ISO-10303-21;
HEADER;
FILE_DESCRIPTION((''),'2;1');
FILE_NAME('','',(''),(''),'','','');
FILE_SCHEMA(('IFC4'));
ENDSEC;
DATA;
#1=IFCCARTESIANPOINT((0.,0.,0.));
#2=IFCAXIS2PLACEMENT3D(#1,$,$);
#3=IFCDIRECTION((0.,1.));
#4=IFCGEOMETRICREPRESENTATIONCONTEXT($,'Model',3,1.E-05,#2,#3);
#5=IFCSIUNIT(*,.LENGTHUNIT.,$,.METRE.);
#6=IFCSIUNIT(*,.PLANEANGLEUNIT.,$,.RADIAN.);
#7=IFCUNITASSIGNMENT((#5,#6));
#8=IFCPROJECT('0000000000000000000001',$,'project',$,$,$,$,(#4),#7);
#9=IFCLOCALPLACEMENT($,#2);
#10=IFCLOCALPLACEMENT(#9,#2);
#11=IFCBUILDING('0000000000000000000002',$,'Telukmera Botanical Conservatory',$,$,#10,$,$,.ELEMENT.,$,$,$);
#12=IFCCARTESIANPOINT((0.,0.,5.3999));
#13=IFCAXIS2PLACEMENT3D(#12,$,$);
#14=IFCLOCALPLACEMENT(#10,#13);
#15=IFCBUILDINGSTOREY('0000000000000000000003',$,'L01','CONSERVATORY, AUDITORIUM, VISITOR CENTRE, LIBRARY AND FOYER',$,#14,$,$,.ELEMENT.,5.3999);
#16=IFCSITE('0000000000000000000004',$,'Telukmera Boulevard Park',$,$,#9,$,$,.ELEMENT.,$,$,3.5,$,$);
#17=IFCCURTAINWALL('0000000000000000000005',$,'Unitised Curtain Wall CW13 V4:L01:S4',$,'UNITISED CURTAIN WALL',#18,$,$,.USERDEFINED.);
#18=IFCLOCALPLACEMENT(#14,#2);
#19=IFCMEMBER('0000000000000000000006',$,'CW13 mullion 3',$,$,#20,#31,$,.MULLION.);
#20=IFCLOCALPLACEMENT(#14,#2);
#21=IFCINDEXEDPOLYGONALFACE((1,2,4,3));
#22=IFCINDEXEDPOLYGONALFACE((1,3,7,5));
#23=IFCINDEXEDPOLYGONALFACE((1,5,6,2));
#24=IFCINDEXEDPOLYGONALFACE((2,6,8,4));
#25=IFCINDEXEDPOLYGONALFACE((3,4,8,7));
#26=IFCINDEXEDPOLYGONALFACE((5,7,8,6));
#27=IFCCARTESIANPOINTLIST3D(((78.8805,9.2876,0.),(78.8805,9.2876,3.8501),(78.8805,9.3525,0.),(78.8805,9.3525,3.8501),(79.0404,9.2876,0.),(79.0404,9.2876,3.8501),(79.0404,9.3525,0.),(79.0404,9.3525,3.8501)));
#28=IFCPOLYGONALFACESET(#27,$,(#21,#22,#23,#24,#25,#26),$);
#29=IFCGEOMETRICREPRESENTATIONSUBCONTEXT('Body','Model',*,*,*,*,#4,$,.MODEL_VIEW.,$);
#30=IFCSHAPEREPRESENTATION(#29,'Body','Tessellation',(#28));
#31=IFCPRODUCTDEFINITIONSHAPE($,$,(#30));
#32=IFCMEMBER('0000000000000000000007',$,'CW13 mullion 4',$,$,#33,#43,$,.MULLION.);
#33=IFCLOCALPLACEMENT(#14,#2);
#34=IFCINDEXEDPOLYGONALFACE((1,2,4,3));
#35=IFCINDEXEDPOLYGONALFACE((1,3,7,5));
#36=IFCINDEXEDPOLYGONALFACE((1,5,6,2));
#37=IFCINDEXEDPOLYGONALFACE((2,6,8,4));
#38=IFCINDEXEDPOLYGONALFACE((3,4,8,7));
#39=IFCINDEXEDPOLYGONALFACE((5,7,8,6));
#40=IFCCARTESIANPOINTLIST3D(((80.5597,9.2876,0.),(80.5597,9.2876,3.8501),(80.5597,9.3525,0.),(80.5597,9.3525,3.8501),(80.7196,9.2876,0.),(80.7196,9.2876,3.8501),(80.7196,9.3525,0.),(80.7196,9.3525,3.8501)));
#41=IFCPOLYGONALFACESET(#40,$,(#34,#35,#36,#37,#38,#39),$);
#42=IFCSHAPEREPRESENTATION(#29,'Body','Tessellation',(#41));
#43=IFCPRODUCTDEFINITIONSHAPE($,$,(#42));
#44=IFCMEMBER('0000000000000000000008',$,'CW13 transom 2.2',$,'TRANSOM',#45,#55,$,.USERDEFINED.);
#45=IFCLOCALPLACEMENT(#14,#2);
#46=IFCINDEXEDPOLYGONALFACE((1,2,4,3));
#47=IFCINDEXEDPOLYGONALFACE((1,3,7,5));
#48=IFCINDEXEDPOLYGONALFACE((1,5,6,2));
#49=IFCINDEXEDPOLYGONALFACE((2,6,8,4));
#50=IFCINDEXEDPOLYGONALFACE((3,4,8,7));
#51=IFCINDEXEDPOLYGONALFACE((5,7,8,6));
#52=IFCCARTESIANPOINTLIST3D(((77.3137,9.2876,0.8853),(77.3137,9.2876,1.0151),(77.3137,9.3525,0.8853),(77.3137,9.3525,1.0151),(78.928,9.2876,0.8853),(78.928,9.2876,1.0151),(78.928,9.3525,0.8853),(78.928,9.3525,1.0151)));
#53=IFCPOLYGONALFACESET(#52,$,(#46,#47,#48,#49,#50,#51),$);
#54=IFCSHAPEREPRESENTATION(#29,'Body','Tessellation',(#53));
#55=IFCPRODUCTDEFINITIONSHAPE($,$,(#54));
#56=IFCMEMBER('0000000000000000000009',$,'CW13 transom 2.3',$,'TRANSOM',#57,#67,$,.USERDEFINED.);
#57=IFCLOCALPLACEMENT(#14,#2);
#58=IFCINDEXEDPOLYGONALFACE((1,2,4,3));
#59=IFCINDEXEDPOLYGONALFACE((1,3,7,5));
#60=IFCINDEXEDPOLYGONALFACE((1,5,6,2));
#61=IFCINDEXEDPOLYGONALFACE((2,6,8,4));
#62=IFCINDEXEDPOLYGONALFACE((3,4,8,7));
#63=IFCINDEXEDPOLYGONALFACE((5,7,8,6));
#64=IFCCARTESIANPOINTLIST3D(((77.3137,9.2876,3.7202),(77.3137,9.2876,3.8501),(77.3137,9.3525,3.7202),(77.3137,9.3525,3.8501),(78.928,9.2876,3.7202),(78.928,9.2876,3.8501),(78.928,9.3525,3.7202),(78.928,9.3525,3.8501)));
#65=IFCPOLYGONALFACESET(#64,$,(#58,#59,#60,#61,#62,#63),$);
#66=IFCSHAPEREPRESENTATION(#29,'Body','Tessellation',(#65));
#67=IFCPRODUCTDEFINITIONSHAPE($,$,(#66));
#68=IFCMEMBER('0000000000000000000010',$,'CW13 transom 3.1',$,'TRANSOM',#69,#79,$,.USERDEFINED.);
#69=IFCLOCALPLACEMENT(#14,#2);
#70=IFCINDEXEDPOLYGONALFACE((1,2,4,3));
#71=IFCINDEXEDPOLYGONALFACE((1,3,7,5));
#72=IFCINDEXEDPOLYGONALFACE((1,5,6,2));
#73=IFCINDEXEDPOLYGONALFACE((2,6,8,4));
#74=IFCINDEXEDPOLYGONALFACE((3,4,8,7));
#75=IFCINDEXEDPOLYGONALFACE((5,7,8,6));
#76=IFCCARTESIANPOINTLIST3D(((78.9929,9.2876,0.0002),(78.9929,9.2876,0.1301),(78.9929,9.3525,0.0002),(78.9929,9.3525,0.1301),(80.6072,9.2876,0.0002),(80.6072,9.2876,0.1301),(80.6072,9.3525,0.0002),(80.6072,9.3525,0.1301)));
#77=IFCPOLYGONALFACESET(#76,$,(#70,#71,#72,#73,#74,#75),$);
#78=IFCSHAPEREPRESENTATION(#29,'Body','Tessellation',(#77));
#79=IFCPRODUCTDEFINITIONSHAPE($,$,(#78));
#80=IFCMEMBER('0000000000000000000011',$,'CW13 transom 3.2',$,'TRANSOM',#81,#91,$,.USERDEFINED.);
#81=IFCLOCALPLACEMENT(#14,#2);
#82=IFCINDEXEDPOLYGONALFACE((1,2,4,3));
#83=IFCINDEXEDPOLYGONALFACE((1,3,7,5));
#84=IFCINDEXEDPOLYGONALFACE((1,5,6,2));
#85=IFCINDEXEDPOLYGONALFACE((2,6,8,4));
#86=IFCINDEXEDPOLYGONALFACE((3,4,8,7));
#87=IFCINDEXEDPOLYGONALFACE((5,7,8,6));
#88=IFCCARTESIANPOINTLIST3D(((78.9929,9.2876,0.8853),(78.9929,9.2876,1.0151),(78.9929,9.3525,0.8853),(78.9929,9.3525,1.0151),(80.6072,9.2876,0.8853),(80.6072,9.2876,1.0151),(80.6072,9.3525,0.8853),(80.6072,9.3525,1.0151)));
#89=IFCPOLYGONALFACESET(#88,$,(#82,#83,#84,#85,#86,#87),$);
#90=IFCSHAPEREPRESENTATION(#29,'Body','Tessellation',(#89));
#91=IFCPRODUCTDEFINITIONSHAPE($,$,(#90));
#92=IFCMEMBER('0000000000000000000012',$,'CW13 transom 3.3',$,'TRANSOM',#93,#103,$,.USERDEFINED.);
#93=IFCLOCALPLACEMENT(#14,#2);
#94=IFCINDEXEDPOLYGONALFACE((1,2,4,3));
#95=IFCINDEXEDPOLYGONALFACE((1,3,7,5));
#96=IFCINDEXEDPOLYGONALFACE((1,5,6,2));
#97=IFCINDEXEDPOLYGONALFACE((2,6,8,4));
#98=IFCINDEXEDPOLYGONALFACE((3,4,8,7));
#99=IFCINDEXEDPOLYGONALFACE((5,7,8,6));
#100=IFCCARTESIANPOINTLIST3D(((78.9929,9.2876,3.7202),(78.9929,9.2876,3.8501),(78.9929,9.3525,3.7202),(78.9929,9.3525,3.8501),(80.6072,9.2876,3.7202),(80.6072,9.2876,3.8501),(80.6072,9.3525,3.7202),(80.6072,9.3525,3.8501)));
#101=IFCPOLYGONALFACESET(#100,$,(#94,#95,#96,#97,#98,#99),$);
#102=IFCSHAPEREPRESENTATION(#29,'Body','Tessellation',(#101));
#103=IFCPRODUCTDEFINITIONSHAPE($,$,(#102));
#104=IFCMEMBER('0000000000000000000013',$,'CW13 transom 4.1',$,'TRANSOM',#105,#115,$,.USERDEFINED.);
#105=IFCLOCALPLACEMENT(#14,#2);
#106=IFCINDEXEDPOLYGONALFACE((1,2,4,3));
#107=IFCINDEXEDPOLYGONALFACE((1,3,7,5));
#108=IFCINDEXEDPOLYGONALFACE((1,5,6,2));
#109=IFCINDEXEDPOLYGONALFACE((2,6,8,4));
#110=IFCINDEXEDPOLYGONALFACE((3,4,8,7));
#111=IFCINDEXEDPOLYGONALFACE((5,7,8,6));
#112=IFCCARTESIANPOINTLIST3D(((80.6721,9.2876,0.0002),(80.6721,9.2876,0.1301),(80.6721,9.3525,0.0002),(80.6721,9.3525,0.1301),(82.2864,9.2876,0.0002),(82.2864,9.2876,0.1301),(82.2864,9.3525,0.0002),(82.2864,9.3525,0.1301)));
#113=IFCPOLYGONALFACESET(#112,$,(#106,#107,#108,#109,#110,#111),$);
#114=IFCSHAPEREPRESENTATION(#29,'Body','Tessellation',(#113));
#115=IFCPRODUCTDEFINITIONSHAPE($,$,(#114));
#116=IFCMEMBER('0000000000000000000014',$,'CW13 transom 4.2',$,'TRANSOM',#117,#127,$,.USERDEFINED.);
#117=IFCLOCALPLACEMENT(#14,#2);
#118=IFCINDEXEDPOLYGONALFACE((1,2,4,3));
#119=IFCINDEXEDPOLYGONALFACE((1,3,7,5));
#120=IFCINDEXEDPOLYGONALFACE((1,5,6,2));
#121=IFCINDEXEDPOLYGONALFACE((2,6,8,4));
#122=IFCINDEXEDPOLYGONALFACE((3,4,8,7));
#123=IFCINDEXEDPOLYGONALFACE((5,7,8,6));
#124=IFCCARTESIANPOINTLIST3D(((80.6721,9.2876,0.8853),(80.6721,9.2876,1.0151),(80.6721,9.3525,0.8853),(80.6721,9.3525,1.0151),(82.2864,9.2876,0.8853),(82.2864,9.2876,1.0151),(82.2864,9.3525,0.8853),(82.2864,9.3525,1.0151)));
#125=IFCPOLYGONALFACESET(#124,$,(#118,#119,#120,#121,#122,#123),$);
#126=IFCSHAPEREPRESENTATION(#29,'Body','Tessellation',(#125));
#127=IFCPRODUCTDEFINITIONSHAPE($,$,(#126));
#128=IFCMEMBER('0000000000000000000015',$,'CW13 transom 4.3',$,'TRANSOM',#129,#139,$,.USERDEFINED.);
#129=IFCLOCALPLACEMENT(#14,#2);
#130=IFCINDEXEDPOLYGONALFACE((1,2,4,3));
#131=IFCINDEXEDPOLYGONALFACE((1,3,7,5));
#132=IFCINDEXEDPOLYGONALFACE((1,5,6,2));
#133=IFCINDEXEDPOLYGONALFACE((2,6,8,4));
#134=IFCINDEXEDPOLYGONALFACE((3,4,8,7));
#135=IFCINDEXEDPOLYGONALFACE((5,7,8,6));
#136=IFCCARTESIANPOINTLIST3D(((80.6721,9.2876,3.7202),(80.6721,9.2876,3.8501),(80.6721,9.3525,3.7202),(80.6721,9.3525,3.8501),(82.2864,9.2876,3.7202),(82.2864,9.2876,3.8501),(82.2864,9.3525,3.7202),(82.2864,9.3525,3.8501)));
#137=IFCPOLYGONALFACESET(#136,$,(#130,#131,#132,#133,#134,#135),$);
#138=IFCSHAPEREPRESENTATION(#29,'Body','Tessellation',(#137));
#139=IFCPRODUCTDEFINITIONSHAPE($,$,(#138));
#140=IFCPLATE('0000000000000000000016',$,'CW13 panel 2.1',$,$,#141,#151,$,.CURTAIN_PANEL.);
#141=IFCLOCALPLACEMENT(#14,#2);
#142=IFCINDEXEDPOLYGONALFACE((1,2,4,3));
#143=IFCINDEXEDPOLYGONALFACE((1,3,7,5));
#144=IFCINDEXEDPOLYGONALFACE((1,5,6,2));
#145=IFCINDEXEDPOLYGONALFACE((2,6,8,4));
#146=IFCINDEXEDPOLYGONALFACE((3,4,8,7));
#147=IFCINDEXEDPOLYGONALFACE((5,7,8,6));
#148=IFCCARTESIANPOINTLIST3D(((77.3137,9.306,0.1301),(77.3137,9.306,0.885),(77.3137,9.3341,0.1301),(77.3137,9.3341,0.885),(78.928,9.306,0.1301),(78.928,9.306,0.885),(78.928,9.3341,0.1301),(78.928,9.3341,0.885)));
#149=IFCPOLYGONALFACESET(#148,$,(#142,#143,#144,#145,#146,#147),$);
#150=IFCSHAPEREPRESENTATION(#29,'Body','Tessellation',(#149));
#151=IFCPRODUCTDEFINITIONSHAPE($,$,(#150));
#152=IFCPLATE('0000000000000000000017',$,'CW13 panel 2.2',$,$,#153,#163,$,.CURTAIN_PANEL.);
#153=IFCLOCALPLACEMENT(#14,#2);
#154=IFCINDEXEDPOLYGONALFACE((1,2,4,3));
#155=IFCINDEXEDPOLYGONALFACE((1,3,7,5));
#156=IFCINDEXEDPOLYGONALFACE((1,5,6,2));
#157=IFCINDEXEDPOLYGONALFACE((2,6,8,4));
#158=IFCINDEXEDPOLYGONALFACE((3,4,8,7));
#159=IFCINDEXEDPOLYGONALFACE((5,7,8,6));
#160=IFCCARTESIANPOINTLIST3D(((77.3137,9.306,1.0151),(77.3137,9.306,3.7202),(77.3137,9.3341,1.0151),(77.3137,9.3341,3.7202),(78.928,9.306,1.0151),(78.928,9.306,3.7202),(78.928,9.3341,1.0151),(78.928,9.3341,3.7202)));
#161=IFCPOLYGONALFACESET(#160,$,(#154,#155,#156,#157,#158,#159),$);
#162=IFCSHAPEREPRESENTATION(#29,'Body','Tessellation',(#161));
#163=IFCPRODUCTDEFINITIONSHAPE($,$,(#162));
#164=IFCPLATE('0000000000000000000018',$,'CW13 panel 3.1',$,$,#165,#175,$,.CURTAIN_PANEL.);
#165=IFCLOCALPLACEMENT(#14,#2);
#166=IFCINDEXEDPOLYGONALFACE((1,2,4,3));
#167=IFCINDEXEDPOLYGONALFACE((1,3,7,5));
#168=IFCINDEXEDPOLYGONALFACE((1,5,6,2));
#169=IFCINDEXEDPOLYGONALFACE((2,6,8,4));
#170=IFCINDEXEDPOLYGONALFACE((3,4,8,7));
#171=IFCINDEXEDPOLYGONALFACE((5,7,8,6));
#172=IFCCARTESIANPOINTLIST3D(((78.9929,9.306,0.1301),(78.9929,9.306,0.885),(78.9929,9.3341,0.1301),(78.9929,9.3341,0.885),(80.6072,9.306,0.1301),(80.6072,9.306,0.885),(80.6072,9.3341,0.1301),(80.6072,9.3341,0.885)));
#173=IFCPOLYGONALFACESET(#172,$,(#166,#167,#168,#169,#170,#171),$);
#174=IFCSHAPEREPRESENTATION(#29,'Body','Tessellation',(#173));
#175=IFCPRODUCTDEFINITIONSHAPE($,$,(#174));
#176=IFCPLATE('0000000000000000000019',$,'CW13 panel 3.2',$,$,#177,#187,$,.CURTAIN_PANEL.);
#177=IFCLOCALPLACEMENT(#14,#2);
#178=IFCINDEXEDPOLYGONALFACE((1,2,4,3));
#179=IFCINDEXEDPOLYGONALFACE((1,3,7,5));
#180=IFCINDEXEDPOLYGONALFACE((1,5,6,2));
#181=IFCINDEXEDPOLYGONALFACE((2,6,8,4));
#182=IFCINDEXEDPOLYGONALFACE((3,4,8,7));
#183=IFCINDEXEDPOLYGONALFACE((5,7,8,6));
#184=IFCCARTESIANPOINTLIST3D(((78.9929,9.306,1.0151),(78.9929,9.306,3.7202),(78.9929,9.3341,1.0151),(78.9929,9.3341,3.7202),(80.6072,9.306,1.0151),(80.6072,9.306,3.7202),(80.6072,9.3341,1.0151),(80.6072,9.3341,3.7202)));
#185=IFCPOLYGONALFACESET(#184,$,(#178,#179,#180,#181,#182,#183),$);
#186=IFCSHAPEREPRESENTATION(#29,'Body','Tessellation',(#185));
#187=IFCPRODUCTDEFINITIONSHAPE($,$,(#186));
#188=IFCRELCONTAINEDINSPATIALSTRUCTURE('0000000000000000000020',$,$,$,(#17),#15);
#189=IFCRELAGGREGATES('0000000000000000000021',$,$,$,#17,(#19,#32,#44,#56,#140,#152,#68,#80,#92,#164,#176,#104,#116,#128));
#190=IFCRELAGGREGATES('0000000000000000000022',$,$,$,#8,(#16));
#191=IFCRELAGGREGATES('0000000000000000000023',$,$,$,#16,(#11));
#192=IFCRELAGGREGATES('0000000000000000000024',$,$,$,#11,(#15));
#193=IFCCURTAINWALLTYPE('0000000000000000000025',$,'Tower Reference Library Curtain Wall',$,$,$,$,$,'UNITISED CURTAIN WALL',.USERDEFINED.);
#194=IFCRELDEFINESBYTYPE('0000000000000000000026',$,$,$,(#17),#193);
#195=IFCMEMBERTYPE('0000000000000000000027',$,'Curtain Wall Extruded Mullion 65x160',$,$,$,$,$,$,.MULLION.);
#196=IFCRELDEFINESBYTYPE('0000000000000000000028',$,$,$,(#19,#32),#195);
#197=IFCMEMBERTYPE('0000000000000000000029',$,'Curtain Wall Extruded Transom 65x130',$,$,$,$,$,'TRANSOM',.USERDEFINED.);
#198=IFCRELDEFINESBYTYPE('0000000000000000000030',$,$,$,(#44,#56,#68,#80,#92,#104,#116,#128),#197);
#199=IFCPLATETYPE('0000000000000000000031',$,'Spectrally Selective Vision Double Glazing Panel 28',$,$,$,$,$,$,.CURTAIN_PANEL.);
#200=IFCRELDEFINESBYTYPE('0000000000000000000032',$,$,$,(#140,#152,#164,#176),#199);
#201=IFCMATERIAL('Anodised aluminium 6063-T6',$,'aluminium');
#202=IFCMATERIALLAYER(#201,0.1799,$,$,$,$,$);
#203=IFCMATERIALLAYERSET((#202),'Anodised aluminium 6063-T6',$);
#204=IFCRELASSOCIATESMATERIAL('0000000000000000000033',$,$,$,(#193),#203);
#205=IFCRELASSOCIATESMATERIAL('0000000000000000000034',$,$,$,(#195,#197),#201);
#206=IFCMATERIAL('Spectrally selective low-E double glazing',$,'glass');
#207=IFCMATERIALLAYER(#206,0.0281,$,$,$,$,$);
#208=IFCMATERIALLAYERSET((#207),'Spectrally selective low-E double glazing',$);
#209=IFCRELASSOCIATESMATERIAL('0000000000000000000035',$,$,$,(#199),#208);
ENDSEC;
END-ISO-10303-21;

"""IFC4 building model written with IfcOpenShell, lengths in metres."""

from ifc_helpers import new_model, si_unit, direction, frame, origin, origin_2d, place, context, subcontext, project, spatial, rectangle, extrude, material, layer, layer_set, material_profile, profile_set, type_object, element, aggregate, save


model = new_model("IFC4")

# Units and contexts
model_context = context("Model", 3, precision=1e-05, world=origin(), true_north=direction((0.0, 1.0)))
body_context = subcontext(model_context, "Body", "Model", "MODEL_VIEW")
ifc_project = project(units=[si_unit("LENGTHUNIT", "METRE"), si_unit("PLANEANGLEUNIT", "RADIAN")], contexts=[model_context])

# Site, building, storey
site_placement = place(None, origin())
site = spatial("IfcSite", under=ifc_project, at=site_placement, Name="Telukmera Boulevard Park", CompositionType="ELEMENT", RefElevation=3.5)
building_placement = place(site_placement, origin())
building = spatial("IfcBuilding", under=site, at=building_placement, Name="Telukmera Botanical Conservatory", CompositionType="ELEMENT")
storey_placement = place(building_placement, frame((0.0, 0.0, 5.3999)))
storey = spatial("IfcBuildingStorey", under=building, at=storey_placement, Name="L01", Description="CONSERVATORY, AUDITORIUM, VISITOR CENTRE, LIBRARY AND FOYER", CompositionType="ELEMENT", Elevation=5.3999)

# Curtain wall, members, plates
ifc_material_1 = material(Name="Anodised aluminium 6063-T6", Category="aluminium")
ifc_layer_1 = layer(ifc_material_1, 0.1799)
ifc_layer_set_1 = layer_set([ifc_layer_1], Name="Anodised aluminium 6063-T6")
curtain_wall_type = type_object("IfcCurtainWallType", Name="Tower Reference Library Curtain Wall", ElementType="UNITISED CURTAIN WALL", PredefinedType="USERDEFINED", material=ifc_layer_set_1)
curtain_wall_placement = place(storey_placement, origin())
curtain_wall = element("IfcCurtainWall", 1, at=curtain_wall_placement, inside=storey, type_object=curtain_wall_type, Name="Unitised Curtain Wall CW13 V4:L01:S4", ObjectType="UNITISED CURTAIN WALL", PredefinedType="USERDEFINED")
ifc_material_profile_1 = material_profile(ifc_material_1, rectangle(XDim=0.0649, YDim=0.1599, at=origin_2d()), Name="ALU MULL 65x160")
ifc_profile_set_1 = profile_set([ifc_material_profile_1], Name="Anodised aluminium 6063-T6")
member_type_1 = type_object("IfcMemberType", Name="Curtain Wall Extruded Mullion 65x160", PredefinedType="MULLION", material=ifc_profile_set_1)
member_1_placement = place(storey_placement, frame((78.9604, 9.3201, 0.0), z_axis=(0.0, 0.0, 1.0), x_axis=(0.0, 1.0, 0.0)))
member_1 = element("IfcMember", 2, at=member_1_placement, type_object=member_type_1, Name="CW13 mullion 3", PredefinedType="MULLION", context=body_context, shape_type="SweptSolid", body=[
    extrude(rectangle(XDim=0.0649, YDim=0.1599, at=origin_2d()), origin(), (0.0, 0.0, 1.0), 3.8501),
])
member_2_placement = place(storey_placement, frame((80.6396, 9.3201, 0.0), z_axis=(0.0, 0.0, 1.0), x_axis=(0.0, 1.0, 0.0)))
member_2 = element("IfcMember", 3, at=member_2_placement, type_object=member_type_1, Name="CW13 mullion 4", PredefinedType="MULLION", context=body_context, shape_type="SweptSolid", body=[
    extrude(rectangle(XDim=0.0649, YDim=0.1599, at=origin_2d()), origin(), (0.0, 0.0, 1.0), 3.8501),
])
ifc_material_profile_2 = material_profile(ifc_material_1, rectangle(XDim=0.0649, YDim=0.1299, at=origin_2d()), Name="ALU TRAN 65x130")
ifc_profile_set_2 = profile_set([ifc_material_profile_2], Name="Anodised aluminium 6063-T6")
member_type_2 = type_object("IfcMemberType", Name="Curtain Wall Extruded Transom 65x130", ElementType="TRANSOM", PredefinedType="USERDEFINED", material=ifc_profile_set_2)
member_3_placement = place(storey_placement, frame((77.3137, 9.3201, 0.9502), z_axis=(1.0, 0.0, 0.0), x_axis=(0.0, 1.0, 0.0)))
member_3 = element("IfcMember", 4, at=member_3_placement, type_object=member_type_2, Name="CW13 transom 2.2", ObjectType="TRANSOM", PredefinedType="USERDEFINED", context=body_context, shape_type="SweptSolid", body=[
    extrude(rectangle(XDim=0.0649, YDim=0.1299, at=origin_2d()), origin(), (0.0, 0.0, 1.0), 1.6143),
])
member_4_placement = place(storey_placement, frame((77.3137, 9.3201, 3.7852), z_axis=(1.0, 0.0, 0.0), x_axis=(0.0, 1.0, 0.0)))
member_4 = element("IfcMember", 5, at=member_4_placement, type_object=member_type_2, Name="CW13 transom 2.3", ObjectType="TRANSOM", PredefinedType="USERDEFINED", context=body_context, shape_type="SweptSolid", body=[
    extrude(rectangle(XDim=0.0649, YDim=0.1299, at=origin_2d()), origin(), (0.0, 0.0, 1.0), 1.6143),
])
member_5_placement = place(storey_placement, frame((78.9929, 9.3201, 0.0652), z_axis=(1.0, 0.0, 0.0), x_axis=(0.0, 1.0, 0.0)))
member_5 = element("IfcMember", 6, at=member_5_placement, type_object=member_type_2, Name="CW13 transom 3.1", ObjectType="TRANSOM", PredefinedType="USERDEFINED", context=body_context, shape_type="SweptSolid", body=[
    extrude(rectangle(XDim=0.0649, YDim=0.1299, at=origin_2d()), origin(), (0.0, 0.0, 1.0), 1.6143),
])
member_6_placement = place(storey_placement, frame((78.9929, 9.3201, 0.9502), z_axis=(1.0, 0.0, 0.0), x_axis=(0.0, 1.0, 0.0)))
member_6 = element("IfcMember", 7, at=member_6_placement, type_object=member_type_2, Name="CW13 transom 3.2", ObjectType="TRANSOM", PredefinedType="USERDEFINED", context=body_context, shape_type="SweptSolid", body=[
    extrude(rectangle(XDim=0.0649, YDim=0.1299, at=origin_2d()), origin(), (0.0, 0.0, 1.0), 1.6143),
])
member_7_placement = place(storey_placement, frame((78.9929, 9.3201, 3.7852), z_axis=(1.0, 0.0, 0.0), x_axis=(0.0, 1.0, 0.0)))
member_7 = element("IfcMember", 8, at=member_7_placement, type_object=member_type_2, Name="CW13 transom 3.3", ObjectType="TRANSOM", PredefinedType="USERDEFINED", context=body_context, shape_type="SweptSolid", body=[
    extrude(rectangle(XDim=0.0649, YDim=0.1299, at=origin_2d()), origin(), (0.0, 0.0, 1.0), 1.6143),
])
member_8_placement = place(storey_placement, frame((80.6721, 9.3201, 0.0652), z_axis=(1.0, 0.0, 0.0), x_axis=(0.0, 1.0, 0.0)))
member_8 = element("IfcMember", 9, at=member_8_placement, type_object=member_type_2, Name="CW13 transom 4.1", ObjectType="TRANSOM", PredefinedType="USERDEFINED", context=body_context, shape_type="SweptSolid", body=[
    extrude(rectangle(XDim=0.0649, YDim=0.1299, at=origin_2d()), origin(), (0.0, 0.0, 1.0), 1.6143),
])
member_9_placement = place(storey_placement, frame((80.6721, 9.3201, 0.9502), z_axis=(1.0, 0.0, 0.0), x_axis=(0.0, 1.0, 0.0)))
member_9 = element("IfcMember", 10, at=member_9_placement, type_object=member_type_2, Name="CW13 transom 4.2", ObjectType="TRANSOM", PredefinedType="USERDEFINED", context=body_context, shape_type="SweptSolid", body=[
    extrude(rectangle(XDim=0.0649, YDim=0.1299, at=origin_2d()), origin(), (0.0, 0.0, 1.0), 1.6143),
])
member_10_placement = place(storey_placement, frame((80.6721, 9.3201, 3.7852), z_axis=(1.0, 0.0, 0.0), x_axis=(0.0, 1.0, 0.0)))
member_10 = element("IfcMember", 11, at=member_10_placement, type_object=member_type_2, Name="CW13 transom 4.3", ObjectType="TRANSOM", PredefinedType="USERDEFINED", context=body_context, shape_type="SweptSolid", body=[
    extrude(rectangle(XDim=0.0649, YDim=0.1299, at=origin_2d()), origin(), (0.0, 0.0, 1.0), 1.6143),
])
ifc_material_2 = material(Name="Spectrally selective low-E double glazing", Category="glass")
ifc_layer_2 = layer(ifc_material_2, 0.0281)
ifc_layer_set_2 = layer_set([ifc_layer_2], Name="Spectrally selective low-E double glazing")
plate_type = type_object("IfcPlateType", Name="Spectrally Selective Vision Double Glazing Panel 28", PredefinedType="CURTAIN_PANEL", material=ifc_layer_set_2)
plate_1_placement = place(storey_placement, frame((78.1208, 9.3201, 0.1301), z_axis=(0.0, 0.0, 1.0), x_axis=(1.0, 0.0, 0.0)))
plate_1 = element("IfcPlate", 12, at=plate_1_placement, type_object=plate_type, Name="CW13 panel 2.1", PredefinedType="CURTAIN_PANEL", context=body_context, shape_type="SweptSolid", body=[
    extrude(rectangle(XDim=1.6143, YDim=0.0281, at=origin_2d()), origin(), (0.0, 0.0, 1.0), 0.7549),
])
plate_2_placement = place(storey_placement, frame((78.1208, 9.3201, 1.0151), z_axis=(0.0, 0.0, 1.0), x_axis=(1.0, 0.0, 0.0)))
plate_2 = element("IfcPlate", 13, at=plate_2_placement, type_object=plate_type, Name="CW13 panel 2.2", PredefinedType="CURTAIN_PANEL", context=body_context, shape_type="SweptSolid", body=[
    extrude(rectangle(XDim=1.6143, YDim=0.0281, at=origin_2d()), origin(), (0.0, 0.0, 1.0), 2.7051),
])
plate_3_placement = place(storey_placement, frame((79.8, 9.3201, 0.1301), z_axis=(0.0, 0.0, 1.0), x_axis=(1.0, 0.0, 0.0)))
plate_3 = element("IfcPlate", 14, at=plate_3_placement, type_object=plate_type, Name="CW13 panel 3.1", PredefinedType="CURTAIN_PANEL", context=body_context, shape_type="SweptSolid", body=[
    extrude(rectangle(XDim=1.6143, YDim=0.0281, at=origin_2d()), origin(), (0.0, 0.0, 1.0), 0.7549),
])
plate_4_placement = place(storey_placement, frame((79.8, 9.3201, 1.0151), z_axis=(0.0, 0.0, 1.0), x_axis=(1.0, 0.0, 0.0)))
plate_4 = element("IfcPlate", 15, at=plate_4_placement, type_object=plate_type, Name="CW13 panel 3.2", PredefinedType="CURTAIN_PANEL", context=body_context, shape_type="SweptSolid", body=[
    extrude(rectangle(XDim=1.6143, YDim=0.0281, at=origin_2d()), origin(), (0.0, 0.0, 1.0), 2.7051),
])
aggregate(curtain_wall, [member_1, member_2, member_3, member_4, plate_1, plate_2, member_5, member_6, member_7, plate_3, plate_4, member_8, member_9, member_10])

save(model, "model.ifc")
